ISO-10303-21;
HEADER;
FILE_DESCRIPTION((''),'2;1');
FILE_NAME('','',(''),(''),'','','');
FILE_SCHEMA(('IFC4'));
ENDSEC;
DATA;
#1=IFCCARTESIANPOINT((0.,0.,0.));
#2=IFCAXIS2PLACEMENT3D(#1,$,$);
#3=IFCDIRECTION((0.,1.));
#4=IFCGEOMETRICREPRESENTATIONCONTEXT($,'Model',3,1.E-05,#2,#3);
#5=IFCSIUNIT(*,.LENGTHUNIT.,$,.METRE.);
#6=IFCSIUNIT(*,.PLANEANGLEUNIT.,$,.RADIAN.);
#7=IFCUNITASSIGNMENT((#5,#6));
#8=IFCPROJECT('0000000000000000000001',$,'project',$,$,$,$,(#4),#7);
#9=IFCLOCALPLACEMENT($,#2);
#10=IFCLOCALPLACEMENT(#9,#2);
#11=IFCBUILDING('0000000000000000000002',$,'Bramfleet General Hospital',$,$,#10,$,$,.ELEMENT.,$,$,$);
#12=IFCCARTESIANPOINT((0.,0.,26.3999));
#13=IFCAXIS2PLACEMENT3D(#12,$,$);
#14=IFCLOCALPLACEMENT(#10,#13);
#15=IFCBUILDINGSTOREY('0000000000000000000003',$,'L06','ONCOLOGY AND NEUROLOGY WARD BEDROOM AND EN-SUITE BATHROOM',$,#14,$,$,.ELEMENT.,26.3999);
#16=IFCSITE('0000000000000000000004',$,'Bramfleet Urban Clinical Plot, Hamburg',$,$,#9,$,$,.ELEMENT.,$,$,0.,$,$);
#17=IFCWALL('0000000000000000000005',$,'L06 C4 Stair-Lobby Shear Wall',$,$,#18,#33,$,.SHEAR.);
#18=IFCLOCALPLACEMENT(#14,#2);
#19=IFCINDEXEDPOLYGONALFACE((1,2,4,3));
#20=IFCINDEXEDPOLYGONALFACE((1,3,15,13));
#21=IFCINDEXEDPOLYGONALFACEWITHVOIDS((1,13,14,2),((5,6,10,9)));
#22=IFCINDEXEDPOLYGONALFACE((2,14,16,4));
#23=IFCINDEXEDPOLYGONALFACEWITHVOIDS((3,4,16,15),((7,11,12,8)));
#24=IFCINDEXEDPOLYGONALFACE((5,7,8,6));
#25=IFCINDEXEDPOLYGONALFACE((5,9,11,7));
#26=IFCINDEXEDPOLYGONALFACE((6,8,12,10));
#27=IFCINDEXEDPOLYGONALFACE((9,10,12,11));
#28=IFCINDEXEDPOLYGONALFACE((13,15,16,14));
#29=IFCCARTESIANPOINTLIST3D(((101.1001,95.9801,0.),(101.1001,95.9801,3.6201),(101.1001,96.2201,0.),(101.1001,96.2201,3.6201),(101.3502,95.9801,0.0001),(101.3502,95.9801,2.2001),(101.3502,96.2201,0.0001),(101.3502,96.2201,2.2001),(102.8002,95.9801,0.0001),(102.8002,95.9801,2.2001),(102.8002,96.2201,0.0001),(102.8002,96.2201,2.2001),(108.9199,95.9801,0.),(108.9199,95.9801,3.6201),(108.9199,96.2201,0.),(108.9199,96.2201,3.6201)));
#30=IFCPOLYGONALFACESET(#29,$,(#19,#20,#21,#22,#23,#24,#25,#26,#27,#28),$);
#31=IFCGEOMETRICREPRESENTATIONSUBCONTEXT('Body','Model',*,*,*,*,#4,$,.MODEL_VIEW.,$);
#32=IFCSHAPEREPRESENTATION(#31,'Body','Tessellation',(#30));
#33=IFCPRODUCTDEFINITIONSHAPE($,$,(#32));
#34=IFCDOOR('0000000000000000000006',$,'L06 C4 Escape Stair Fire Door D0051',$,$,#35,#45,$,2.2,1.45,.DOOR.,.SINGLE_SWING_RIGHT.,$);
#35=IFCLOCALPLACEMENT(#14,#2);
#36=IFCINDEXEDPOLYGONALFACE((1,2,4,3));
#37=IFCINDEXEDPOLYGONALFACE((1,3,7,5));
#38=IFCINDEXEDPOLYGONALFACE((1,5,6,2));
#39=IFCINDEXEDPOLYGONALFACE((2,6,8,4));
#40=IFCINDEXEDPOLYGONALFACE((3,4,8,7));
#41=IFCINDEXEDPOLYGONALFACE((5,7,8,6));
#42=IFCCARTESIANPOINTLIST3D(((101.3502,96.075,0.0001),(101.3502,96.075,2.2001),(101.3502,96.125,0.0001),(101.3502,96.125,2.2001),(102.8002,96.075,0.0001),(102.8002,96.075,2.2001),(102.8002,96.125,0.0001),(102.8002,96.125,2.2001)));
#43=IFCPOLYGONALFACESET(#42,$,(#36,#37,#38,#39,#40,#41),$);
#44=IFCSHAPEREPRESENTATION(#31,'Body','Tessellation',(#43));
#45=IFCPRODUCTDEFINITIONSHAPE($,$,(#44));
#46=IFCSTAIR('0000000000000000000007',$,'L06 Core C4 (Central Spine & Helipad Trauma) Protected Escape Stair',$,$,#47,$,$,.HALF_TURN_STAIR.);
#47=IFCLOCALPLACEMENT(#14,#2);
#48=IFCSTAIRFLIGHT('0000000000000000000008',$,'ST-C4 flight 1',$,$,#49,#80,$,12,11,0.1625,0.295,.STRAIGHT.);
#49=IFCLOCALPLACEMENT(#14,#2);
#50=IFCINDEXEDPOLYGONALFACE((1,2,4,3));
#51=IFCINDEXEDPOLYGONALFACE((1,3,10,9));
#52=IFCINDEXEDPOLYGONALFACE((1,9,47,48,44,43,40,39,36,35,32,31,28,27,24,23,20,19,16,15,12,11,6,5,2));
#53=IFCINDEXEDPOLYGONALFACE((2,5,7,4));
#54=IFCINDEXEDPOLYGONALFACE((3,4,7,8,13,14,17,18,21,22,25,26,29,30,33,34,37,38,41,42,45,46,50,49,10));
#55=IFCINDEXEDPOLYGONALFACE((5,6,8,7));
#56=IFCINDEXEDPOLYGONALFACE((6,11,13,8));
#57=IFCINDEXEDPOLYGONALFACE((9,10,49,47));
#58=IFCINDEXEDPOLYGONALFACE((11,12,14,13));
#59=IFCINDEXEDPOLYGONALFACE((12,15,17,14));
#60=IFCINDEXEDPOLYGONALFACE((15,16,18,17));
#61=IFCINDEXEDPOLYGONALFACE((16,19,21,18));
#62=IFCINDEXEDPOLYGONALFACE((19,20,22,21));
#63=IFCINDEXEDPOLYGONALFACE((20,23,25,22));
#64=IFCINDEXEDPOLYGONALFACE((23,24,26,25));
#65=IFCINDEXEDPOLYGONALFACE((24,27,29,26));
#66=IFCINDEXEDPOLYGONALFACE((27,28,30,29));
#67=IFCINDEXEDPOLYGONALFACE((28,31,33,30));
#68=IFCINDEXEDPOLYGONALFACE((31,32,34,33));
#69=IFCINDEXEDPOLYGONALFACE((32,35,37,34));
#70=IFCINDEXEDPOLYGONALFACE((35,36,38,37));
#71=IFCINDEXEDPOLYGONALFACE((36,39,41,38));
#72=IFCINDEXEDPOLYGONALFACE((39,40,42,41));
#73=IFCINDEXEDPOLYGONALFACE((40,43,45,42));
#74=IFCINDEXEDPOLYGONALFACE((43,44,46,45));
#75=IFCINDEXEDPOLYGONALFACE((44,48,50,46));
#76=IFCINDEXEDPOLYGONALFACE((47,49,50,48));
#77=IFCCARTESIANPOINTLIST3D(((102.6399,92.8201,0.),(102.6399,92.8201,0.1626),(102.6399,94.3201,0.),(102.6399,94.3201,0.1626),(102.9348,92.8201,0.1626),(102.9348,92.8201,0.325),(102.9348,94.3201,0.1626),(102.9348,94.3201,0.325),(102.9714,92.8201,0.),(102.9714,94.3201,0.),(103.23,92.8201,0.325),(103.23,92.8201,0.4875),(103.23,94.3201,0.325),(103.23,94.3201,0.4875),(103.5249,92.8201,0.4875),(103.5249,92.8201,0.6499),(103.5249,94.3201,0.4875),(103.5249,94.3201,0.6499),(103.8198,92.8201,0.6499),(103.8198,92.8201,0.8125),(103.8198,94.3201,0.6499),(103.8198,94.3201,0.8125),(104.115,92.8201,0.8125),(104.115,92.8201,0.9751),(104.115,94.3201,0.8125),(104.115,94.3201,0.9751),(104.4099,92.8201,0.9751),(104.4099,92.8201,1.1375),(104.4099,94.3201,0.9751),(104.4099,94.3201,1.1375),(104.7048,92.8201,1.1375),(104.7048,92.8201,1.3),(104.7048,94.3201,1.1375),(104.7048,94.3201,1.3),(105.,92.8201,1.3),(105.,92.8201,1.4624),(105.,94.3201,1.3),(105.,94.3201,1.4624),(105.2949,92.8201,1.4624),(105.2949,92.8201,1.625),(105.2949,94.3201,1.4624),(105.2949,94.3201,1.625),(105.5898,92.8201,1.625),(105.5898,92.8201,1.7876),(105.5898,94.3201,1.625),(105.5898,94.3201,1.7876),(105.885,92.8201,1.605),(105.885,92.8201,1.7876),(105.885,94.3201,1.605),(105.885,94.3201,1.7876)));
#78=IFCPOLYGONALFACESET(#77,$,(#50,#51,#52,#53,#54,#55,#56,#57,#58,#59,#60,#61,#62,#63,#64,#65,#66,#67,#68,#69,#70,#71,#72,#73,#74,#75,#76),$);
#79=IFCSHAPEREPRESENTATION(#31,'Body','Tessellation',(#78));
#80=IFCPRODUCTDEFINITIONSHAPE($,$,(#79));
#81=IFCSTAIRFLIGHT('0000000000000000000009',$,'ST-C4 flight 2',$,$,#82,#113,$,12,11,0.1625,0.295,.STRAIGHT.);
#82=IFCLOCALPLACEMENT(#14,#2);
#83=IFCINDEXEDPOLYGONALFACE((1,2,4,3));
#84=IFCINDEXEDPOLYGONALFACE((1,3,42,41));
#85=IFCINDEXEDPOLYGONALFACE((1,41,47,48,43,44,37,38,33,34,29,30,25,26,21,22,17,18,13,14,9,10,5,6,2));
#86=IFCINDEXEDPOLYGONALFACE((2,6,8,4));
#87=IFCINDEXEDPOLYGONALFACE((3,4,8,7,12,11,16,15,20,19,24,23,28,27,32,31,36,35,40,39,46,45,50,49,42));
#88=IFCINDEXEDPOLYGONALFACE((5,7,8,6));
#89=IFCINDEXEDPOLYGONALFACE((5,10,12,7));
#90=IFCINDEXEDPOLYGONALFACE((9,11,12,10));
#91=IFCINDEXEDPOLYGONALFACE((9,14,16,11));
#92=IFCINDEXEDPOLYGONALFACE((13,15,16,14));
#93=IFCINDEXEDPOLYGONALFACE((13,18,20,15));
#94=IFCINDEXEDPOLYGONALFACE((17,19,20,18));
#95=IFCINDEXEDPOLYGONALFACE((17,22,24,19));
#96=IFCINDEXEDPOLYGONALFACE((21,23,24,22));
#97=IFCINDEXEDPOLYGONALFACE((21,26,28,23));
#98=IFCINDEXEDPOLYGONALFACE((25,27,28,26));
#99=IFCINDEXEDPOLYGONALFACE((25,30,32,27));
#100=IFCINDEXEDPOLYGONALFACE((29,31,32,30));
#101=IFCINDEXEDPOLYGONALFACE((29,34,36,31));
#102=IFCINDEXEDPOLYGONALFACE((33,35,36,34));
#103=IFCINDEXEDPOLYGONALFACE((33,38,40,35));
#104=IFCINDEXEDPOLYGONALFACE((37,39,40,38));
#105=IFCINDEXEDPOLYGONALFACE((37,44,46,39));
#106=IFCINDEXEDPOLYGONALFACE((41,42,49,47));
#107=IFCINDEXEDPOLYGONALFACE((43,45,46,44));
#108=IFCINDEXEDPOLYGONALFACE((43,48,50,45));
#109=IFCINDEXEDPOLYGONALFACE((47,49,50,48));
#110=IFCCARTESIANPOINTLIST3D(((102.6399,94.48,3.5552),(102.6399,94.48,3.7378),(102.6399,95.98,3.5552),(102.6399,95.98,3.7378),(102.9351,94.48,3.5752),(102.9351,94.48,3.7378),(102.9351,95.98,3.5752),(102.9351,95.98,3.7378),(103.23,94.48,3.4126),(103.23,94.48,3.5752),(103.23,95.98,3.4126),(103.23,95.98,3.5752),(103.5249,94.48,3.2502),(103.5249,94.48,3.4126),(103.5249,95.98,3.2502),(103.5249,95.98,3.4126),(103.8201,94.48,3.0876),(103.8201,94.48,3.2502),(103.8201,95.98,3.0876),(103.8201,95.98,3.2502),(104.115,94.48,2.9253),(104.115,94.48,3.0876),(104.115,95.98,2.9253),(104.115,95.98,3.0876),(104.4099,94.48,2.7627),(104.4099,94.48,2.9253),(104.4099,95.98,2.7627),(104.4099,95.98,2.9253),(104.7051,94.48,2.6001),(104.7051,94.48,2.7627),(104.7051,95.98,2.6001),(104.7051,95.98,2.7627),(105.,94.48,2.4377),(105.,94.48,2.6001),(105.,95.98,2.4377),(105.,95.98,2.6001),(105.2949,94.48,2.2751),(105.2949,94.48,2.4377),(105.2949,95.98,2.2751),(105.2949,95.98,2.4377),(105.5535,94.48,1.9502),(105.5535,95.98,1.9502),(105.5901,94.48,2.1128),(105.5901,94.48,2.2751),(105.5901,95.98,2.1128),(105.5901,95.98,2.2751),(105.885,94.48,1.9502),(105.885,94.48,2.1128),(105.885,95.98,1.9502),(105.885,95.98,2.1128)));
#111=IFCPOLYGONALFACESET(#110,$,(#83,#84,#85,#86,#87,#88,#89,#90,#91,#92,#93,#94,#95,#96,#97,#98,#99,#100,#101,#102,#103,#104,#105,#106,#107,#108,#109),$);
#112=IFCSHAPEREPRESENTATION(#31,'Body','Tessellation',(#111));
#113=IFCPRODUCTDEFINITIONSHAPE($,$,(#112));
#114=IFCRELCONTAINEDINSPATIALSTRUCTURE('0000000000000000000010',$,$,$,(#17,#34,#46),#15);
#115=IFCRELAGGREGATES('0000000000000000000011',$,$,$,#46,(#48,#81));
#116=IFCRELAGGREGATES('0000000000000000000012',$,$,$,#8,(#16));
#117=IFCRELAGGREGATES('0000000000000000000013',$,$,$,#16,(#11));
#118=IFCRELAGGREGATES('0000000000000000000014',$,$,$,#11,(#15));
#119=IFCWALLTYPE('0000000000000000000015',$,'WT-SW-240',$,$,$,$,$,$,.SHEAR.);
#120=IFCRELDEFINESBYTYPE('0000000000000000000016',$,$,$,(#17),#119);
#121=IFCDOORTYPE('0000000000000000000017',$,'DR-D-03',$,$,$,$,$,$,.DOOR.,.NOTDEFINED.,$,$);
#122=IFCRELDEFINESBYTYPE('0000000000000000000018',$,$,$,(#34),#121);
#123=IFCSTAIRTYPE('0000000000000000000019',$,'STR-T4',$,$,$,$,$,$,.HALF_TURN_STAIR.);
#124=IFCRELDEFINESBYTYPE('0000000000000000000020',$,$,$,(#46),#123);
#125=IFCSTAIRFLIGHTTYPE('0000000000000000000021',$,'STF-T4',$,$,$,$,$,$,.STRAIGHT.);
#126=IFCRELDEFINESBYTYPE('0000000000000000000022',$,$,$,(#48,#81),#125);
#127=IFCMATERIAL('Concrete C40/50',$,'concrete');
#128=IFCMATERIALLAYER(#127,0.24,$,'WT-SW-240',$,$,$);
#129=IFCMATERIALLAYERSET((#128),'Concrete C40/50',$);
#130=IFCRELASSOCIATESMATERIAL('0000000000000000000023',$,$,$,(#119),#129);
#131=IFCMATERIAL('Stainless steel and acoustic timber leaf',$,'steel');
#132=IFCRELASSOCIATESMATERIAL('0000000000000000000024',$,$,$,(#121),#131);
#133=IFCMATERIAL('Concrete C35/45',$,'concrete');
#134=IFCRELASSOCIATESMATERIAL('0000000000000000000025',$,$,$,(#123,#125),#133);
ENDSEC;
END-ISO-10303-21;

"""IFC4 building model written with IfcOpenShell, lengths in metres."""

from ifc_helpers import new_model, si_unit, direction, frame, frame_2d, origin, place, context, subcontext, project, spatial, polyline, rectangle, outline, extrude, material, layer, layer_set, type_object, element, fill, aggregate, save


model = new_model("IFC4")

# Units and contexts
model_context = context("Model", 3, precision=1e-05, world=origin(), true_north=direction((0.0, 1.0)))
body_context = subcontext(model_context, "Body", "Model", "MODEL_VIEW")
ifc_project = project(units=[si_unit("LENGTHUNIT", "METRE"), si_unit("PLANEANGLEUNIT", "RADIAN")], contexts=[model_context])

# Site, building, storey
site_placement = place(None, origin())
site = spatial("IfcSite", under=ifc_project, at=site_placement, Name="Bramfleet Urban Clinical Plot, Hamburg", CompositionType="ELEMENT", RefElevation=0.0)
building_placement = place(site_placement, origin())
building = spatial("IfcBuilding", under=site, at=building_placement, Name="Bramfleet General Hospital", CompositionType="ELEMENT")
storey_placement = place(building_placement, frame((0.0, 0.0, 26.3999)))
storey = spatial("IfcBuildingStorey", under=building, at=storey_placement, Name="L06", Description="ONCOLOGY AND NEUROLOGY WARD BEDROOM AND EN-SUITE BATHROOM", CompositionType="ELEMENT", Elevation=26.3999)

# Shared definitions
ifc_material_1 = material(Name="Concrete C40/50", Category="concrete")

# Shared definitions
ifc_material_2 = material(Name="Concrete C35/45", Category="concrete")

# Shared definitions
ifc_material_3 = material(Name="Stainless steel and acoustic timber leaf", Category="steel")

# Shared definitions
ifc_layer_1 = layer(ifc_material_1, 0.24, Name="WT-SW-240")
ifc_layer_set_1 = layer_set([ifc_layer_1], Name="Concrete C40/50")
wall_type_1 = type_object("IfcWallType", Name="WT-SW-240", PredefinedType="SHEAR", material=ifc_layer_set_1)

# Wall, opening, door
wall_1_placement = place(storey_placement, frame((101.1001, 96.1001, 0.0), z_axis=(0.0, 0.0, 1.0), x_axis=(1.0, 0.0, 0.0)))
wall_1 = element("IfcWall", 1, at=wall_1_placement, inside=storey, type_object=wall_type_1, Name="L06 C4 Stair-Lobby Shear Wall", PredefinedType="SHEAR", context=body_context, shape_type="SweptSolid", body=[
    extrude(rectangle(XDim=7.8198, YDim=0.24, at=frame_2d((3.9099, 0.0))), origin(), (0.0, 0.0, 1.0), 3.6201),
])
opening_1_placement = place(wall_1_placement, frame((0.25, 0.0, 0.0)))
opening_1 = element("IfcOpeningElement", 2, at=opening_1_placement, cuts=wall_1, PredefinedType="OPENING", context=body_context, shape_type="SweptSolid", body=[
    extrude(rectangle(XDim=1.45, YDim=2.2, at=frame_2d((0.7251, 1.1001))), frame((0.0, 0.1299, 0.0), z_axis=(0.0, -1.0, 0.0), x_axis=(1.0, 0.0, 0.0)), (0.0, 0.0, 1.0), 0.26),
])
door_type_1 = type_object("IfcDoorType", Name="DR-D-03", OperationType="NOTDEFINED", PredefinedType="DOOR", material=ifc_material_3)
door_1_placement = place(opening_1_placement, origin())
door_1 = element("IfcDoor", 3, at=door_1_placement, inside=storey, type_object=door_type_1, Name="L06 C4 Escape Stair Fire Door D0051", OperationType="SINGLE_SWING_RIGHT", OverallHeight=2.2, OverallWidth=1.45, PredefinedType="DOOR", context=body_context, shape_type="SweptSolid", body=[
    extrude(rectangle(XDim=1.45, YDim=2.2, at=frame_2d((0.7251, 1.1001))), frame((0.0, 0.0249, 0.0), z_axis=(0.0, -1.0, 0.0), x_axis=(1.0, 0.0, 0.0)), (0.0, 0.0, 1.0), 0.05),
])
fill(opening_1, door_1)

# Stair, stair flights
stair_type = type_object("IfcStairType", Name="STR-T4", PredefinedType="HALF_TURN_STAIR", material=ifc_material_2)
stair_placement = place(storey_placement, origin())
stair = element("IfcStair", 4, at=stair_placement, inside=storey, type_object=stair_type, Name="L06 Core C4 (Central Spine & Helipad Trauma) Protected Escape Stair", PredefinedType="HALF_TURN_STAIR")
stair_flight_type = type_object("IfcStairFlightType", Name="STF-T4", PredefinedType="STRAIGHT", material=ifc_material_2)
stair_flight_1_placement = place(storey_placement, frame((102.6399, 93.5701, 0.0), z_axis=(0.0, 0.0, 1.0), x_axis=(1.0, 0.0, 0.0)))
stair_flight_1 = element("IfcStairFlight", 5, at=stair_flight_1_placement, type_object=stair_flight_type, Name="ST-C4 flight 1", NumberOfRisers=12, NumberOfTreads=11, PredefinedType="STRAIGHT", RiserHeight=0.1625, TreadLength=0.295, context=body_context, shape_type="SweptSolid", body=[
    extrude(outline(polyline([(0.0, 0.0), (0.0, 0.1626), (0.2949, 0.1626), (0.2949, 0.325), (0.5901, 0.325), (0.5901, 0.4875), (0.885, 0.4875), (0.885, 0.6499), (1.1799, 0.6499), (1.1799, 0.8125), (1.4751, 0.8125), (1.4751, 0.9751), (1.77, 0.9751), (1.77, 1.1375), (2.0649, 1.1375), (2.0649, 1.3), (2.3601, 1.3), (2.3601, 1.4624), (2.655, 1.4624), (2.655, 1.625), (2.95, 1.625), (2.95, 1.7876), (3.2451, 1.7876), (3.2451, 1.95), (3.2451, 1.605), (0.3315, 0.0), (0.0, 0.0)])), frame((0.0, 0.75, 0.0), z_axis=(0.0, -1.0, 0.0), x_axis=(1.0, 0.0, 0.0)), (0.0, 0.0, 1.0), 1.5),
])
stair_flight_2_placement = place(storey_placement, frame((105.885, 95.23, 1.9502), z_axis=(0.0, 0.0, 1.0), x_axis=(-1.0, 0.0, 0.0)))
stair_flight_2 = element("IfcStairFlight", 6, at=stair_flight_2_placement, type_object=stair_flight_type, Name="ST-C4 flight 2", NumberOfRisers=12, NumberOfTreads=11, PredefinedType="STRAIGHT", RiserHeight=0.1625, TreadLength=0.295, context=body_context, shape_type="SweptSolid", body=[
    extrude(outline(polyline([(0.0, 0.0), (0.0, 0.1626), (0.2949, 0.1626), (0.2949, 0.325), (0.5901, 0.325), (0.5901, 0.4875), (0.885, 0.4875), (0.885, 0.6499), (1.1799, 0.6499), (1.1799, 0.8125), (1.4751, 0.8125), (1.4751, 0.9751), (1.77, 0.9751), (1.77, 1.1375), (2.0649, 1.1375), (2.0649, 1.3), (2.3601, 1.3), (2.3601, 1.4624), (2.655, 1.4624), (2.655, 1.625), (2.95, 1.625), (2.95, 1.7876), (3.2451, 1.7876), (3.2451, 1.95), (3.2451, 1.605), (0.3315, 0.0), (0.0, 0.0)])), frame((0.0, 0.75, 0.0), z_axis=(0.0, -1.0, 0.0), x_axis=(1.0, 0.0, 0.0)), (0.0, 0.0, 1.0), 1.5),
])
aggregate(stair, [stair_flight_1, stair_flight_2])

save(model, "model.ifc")
